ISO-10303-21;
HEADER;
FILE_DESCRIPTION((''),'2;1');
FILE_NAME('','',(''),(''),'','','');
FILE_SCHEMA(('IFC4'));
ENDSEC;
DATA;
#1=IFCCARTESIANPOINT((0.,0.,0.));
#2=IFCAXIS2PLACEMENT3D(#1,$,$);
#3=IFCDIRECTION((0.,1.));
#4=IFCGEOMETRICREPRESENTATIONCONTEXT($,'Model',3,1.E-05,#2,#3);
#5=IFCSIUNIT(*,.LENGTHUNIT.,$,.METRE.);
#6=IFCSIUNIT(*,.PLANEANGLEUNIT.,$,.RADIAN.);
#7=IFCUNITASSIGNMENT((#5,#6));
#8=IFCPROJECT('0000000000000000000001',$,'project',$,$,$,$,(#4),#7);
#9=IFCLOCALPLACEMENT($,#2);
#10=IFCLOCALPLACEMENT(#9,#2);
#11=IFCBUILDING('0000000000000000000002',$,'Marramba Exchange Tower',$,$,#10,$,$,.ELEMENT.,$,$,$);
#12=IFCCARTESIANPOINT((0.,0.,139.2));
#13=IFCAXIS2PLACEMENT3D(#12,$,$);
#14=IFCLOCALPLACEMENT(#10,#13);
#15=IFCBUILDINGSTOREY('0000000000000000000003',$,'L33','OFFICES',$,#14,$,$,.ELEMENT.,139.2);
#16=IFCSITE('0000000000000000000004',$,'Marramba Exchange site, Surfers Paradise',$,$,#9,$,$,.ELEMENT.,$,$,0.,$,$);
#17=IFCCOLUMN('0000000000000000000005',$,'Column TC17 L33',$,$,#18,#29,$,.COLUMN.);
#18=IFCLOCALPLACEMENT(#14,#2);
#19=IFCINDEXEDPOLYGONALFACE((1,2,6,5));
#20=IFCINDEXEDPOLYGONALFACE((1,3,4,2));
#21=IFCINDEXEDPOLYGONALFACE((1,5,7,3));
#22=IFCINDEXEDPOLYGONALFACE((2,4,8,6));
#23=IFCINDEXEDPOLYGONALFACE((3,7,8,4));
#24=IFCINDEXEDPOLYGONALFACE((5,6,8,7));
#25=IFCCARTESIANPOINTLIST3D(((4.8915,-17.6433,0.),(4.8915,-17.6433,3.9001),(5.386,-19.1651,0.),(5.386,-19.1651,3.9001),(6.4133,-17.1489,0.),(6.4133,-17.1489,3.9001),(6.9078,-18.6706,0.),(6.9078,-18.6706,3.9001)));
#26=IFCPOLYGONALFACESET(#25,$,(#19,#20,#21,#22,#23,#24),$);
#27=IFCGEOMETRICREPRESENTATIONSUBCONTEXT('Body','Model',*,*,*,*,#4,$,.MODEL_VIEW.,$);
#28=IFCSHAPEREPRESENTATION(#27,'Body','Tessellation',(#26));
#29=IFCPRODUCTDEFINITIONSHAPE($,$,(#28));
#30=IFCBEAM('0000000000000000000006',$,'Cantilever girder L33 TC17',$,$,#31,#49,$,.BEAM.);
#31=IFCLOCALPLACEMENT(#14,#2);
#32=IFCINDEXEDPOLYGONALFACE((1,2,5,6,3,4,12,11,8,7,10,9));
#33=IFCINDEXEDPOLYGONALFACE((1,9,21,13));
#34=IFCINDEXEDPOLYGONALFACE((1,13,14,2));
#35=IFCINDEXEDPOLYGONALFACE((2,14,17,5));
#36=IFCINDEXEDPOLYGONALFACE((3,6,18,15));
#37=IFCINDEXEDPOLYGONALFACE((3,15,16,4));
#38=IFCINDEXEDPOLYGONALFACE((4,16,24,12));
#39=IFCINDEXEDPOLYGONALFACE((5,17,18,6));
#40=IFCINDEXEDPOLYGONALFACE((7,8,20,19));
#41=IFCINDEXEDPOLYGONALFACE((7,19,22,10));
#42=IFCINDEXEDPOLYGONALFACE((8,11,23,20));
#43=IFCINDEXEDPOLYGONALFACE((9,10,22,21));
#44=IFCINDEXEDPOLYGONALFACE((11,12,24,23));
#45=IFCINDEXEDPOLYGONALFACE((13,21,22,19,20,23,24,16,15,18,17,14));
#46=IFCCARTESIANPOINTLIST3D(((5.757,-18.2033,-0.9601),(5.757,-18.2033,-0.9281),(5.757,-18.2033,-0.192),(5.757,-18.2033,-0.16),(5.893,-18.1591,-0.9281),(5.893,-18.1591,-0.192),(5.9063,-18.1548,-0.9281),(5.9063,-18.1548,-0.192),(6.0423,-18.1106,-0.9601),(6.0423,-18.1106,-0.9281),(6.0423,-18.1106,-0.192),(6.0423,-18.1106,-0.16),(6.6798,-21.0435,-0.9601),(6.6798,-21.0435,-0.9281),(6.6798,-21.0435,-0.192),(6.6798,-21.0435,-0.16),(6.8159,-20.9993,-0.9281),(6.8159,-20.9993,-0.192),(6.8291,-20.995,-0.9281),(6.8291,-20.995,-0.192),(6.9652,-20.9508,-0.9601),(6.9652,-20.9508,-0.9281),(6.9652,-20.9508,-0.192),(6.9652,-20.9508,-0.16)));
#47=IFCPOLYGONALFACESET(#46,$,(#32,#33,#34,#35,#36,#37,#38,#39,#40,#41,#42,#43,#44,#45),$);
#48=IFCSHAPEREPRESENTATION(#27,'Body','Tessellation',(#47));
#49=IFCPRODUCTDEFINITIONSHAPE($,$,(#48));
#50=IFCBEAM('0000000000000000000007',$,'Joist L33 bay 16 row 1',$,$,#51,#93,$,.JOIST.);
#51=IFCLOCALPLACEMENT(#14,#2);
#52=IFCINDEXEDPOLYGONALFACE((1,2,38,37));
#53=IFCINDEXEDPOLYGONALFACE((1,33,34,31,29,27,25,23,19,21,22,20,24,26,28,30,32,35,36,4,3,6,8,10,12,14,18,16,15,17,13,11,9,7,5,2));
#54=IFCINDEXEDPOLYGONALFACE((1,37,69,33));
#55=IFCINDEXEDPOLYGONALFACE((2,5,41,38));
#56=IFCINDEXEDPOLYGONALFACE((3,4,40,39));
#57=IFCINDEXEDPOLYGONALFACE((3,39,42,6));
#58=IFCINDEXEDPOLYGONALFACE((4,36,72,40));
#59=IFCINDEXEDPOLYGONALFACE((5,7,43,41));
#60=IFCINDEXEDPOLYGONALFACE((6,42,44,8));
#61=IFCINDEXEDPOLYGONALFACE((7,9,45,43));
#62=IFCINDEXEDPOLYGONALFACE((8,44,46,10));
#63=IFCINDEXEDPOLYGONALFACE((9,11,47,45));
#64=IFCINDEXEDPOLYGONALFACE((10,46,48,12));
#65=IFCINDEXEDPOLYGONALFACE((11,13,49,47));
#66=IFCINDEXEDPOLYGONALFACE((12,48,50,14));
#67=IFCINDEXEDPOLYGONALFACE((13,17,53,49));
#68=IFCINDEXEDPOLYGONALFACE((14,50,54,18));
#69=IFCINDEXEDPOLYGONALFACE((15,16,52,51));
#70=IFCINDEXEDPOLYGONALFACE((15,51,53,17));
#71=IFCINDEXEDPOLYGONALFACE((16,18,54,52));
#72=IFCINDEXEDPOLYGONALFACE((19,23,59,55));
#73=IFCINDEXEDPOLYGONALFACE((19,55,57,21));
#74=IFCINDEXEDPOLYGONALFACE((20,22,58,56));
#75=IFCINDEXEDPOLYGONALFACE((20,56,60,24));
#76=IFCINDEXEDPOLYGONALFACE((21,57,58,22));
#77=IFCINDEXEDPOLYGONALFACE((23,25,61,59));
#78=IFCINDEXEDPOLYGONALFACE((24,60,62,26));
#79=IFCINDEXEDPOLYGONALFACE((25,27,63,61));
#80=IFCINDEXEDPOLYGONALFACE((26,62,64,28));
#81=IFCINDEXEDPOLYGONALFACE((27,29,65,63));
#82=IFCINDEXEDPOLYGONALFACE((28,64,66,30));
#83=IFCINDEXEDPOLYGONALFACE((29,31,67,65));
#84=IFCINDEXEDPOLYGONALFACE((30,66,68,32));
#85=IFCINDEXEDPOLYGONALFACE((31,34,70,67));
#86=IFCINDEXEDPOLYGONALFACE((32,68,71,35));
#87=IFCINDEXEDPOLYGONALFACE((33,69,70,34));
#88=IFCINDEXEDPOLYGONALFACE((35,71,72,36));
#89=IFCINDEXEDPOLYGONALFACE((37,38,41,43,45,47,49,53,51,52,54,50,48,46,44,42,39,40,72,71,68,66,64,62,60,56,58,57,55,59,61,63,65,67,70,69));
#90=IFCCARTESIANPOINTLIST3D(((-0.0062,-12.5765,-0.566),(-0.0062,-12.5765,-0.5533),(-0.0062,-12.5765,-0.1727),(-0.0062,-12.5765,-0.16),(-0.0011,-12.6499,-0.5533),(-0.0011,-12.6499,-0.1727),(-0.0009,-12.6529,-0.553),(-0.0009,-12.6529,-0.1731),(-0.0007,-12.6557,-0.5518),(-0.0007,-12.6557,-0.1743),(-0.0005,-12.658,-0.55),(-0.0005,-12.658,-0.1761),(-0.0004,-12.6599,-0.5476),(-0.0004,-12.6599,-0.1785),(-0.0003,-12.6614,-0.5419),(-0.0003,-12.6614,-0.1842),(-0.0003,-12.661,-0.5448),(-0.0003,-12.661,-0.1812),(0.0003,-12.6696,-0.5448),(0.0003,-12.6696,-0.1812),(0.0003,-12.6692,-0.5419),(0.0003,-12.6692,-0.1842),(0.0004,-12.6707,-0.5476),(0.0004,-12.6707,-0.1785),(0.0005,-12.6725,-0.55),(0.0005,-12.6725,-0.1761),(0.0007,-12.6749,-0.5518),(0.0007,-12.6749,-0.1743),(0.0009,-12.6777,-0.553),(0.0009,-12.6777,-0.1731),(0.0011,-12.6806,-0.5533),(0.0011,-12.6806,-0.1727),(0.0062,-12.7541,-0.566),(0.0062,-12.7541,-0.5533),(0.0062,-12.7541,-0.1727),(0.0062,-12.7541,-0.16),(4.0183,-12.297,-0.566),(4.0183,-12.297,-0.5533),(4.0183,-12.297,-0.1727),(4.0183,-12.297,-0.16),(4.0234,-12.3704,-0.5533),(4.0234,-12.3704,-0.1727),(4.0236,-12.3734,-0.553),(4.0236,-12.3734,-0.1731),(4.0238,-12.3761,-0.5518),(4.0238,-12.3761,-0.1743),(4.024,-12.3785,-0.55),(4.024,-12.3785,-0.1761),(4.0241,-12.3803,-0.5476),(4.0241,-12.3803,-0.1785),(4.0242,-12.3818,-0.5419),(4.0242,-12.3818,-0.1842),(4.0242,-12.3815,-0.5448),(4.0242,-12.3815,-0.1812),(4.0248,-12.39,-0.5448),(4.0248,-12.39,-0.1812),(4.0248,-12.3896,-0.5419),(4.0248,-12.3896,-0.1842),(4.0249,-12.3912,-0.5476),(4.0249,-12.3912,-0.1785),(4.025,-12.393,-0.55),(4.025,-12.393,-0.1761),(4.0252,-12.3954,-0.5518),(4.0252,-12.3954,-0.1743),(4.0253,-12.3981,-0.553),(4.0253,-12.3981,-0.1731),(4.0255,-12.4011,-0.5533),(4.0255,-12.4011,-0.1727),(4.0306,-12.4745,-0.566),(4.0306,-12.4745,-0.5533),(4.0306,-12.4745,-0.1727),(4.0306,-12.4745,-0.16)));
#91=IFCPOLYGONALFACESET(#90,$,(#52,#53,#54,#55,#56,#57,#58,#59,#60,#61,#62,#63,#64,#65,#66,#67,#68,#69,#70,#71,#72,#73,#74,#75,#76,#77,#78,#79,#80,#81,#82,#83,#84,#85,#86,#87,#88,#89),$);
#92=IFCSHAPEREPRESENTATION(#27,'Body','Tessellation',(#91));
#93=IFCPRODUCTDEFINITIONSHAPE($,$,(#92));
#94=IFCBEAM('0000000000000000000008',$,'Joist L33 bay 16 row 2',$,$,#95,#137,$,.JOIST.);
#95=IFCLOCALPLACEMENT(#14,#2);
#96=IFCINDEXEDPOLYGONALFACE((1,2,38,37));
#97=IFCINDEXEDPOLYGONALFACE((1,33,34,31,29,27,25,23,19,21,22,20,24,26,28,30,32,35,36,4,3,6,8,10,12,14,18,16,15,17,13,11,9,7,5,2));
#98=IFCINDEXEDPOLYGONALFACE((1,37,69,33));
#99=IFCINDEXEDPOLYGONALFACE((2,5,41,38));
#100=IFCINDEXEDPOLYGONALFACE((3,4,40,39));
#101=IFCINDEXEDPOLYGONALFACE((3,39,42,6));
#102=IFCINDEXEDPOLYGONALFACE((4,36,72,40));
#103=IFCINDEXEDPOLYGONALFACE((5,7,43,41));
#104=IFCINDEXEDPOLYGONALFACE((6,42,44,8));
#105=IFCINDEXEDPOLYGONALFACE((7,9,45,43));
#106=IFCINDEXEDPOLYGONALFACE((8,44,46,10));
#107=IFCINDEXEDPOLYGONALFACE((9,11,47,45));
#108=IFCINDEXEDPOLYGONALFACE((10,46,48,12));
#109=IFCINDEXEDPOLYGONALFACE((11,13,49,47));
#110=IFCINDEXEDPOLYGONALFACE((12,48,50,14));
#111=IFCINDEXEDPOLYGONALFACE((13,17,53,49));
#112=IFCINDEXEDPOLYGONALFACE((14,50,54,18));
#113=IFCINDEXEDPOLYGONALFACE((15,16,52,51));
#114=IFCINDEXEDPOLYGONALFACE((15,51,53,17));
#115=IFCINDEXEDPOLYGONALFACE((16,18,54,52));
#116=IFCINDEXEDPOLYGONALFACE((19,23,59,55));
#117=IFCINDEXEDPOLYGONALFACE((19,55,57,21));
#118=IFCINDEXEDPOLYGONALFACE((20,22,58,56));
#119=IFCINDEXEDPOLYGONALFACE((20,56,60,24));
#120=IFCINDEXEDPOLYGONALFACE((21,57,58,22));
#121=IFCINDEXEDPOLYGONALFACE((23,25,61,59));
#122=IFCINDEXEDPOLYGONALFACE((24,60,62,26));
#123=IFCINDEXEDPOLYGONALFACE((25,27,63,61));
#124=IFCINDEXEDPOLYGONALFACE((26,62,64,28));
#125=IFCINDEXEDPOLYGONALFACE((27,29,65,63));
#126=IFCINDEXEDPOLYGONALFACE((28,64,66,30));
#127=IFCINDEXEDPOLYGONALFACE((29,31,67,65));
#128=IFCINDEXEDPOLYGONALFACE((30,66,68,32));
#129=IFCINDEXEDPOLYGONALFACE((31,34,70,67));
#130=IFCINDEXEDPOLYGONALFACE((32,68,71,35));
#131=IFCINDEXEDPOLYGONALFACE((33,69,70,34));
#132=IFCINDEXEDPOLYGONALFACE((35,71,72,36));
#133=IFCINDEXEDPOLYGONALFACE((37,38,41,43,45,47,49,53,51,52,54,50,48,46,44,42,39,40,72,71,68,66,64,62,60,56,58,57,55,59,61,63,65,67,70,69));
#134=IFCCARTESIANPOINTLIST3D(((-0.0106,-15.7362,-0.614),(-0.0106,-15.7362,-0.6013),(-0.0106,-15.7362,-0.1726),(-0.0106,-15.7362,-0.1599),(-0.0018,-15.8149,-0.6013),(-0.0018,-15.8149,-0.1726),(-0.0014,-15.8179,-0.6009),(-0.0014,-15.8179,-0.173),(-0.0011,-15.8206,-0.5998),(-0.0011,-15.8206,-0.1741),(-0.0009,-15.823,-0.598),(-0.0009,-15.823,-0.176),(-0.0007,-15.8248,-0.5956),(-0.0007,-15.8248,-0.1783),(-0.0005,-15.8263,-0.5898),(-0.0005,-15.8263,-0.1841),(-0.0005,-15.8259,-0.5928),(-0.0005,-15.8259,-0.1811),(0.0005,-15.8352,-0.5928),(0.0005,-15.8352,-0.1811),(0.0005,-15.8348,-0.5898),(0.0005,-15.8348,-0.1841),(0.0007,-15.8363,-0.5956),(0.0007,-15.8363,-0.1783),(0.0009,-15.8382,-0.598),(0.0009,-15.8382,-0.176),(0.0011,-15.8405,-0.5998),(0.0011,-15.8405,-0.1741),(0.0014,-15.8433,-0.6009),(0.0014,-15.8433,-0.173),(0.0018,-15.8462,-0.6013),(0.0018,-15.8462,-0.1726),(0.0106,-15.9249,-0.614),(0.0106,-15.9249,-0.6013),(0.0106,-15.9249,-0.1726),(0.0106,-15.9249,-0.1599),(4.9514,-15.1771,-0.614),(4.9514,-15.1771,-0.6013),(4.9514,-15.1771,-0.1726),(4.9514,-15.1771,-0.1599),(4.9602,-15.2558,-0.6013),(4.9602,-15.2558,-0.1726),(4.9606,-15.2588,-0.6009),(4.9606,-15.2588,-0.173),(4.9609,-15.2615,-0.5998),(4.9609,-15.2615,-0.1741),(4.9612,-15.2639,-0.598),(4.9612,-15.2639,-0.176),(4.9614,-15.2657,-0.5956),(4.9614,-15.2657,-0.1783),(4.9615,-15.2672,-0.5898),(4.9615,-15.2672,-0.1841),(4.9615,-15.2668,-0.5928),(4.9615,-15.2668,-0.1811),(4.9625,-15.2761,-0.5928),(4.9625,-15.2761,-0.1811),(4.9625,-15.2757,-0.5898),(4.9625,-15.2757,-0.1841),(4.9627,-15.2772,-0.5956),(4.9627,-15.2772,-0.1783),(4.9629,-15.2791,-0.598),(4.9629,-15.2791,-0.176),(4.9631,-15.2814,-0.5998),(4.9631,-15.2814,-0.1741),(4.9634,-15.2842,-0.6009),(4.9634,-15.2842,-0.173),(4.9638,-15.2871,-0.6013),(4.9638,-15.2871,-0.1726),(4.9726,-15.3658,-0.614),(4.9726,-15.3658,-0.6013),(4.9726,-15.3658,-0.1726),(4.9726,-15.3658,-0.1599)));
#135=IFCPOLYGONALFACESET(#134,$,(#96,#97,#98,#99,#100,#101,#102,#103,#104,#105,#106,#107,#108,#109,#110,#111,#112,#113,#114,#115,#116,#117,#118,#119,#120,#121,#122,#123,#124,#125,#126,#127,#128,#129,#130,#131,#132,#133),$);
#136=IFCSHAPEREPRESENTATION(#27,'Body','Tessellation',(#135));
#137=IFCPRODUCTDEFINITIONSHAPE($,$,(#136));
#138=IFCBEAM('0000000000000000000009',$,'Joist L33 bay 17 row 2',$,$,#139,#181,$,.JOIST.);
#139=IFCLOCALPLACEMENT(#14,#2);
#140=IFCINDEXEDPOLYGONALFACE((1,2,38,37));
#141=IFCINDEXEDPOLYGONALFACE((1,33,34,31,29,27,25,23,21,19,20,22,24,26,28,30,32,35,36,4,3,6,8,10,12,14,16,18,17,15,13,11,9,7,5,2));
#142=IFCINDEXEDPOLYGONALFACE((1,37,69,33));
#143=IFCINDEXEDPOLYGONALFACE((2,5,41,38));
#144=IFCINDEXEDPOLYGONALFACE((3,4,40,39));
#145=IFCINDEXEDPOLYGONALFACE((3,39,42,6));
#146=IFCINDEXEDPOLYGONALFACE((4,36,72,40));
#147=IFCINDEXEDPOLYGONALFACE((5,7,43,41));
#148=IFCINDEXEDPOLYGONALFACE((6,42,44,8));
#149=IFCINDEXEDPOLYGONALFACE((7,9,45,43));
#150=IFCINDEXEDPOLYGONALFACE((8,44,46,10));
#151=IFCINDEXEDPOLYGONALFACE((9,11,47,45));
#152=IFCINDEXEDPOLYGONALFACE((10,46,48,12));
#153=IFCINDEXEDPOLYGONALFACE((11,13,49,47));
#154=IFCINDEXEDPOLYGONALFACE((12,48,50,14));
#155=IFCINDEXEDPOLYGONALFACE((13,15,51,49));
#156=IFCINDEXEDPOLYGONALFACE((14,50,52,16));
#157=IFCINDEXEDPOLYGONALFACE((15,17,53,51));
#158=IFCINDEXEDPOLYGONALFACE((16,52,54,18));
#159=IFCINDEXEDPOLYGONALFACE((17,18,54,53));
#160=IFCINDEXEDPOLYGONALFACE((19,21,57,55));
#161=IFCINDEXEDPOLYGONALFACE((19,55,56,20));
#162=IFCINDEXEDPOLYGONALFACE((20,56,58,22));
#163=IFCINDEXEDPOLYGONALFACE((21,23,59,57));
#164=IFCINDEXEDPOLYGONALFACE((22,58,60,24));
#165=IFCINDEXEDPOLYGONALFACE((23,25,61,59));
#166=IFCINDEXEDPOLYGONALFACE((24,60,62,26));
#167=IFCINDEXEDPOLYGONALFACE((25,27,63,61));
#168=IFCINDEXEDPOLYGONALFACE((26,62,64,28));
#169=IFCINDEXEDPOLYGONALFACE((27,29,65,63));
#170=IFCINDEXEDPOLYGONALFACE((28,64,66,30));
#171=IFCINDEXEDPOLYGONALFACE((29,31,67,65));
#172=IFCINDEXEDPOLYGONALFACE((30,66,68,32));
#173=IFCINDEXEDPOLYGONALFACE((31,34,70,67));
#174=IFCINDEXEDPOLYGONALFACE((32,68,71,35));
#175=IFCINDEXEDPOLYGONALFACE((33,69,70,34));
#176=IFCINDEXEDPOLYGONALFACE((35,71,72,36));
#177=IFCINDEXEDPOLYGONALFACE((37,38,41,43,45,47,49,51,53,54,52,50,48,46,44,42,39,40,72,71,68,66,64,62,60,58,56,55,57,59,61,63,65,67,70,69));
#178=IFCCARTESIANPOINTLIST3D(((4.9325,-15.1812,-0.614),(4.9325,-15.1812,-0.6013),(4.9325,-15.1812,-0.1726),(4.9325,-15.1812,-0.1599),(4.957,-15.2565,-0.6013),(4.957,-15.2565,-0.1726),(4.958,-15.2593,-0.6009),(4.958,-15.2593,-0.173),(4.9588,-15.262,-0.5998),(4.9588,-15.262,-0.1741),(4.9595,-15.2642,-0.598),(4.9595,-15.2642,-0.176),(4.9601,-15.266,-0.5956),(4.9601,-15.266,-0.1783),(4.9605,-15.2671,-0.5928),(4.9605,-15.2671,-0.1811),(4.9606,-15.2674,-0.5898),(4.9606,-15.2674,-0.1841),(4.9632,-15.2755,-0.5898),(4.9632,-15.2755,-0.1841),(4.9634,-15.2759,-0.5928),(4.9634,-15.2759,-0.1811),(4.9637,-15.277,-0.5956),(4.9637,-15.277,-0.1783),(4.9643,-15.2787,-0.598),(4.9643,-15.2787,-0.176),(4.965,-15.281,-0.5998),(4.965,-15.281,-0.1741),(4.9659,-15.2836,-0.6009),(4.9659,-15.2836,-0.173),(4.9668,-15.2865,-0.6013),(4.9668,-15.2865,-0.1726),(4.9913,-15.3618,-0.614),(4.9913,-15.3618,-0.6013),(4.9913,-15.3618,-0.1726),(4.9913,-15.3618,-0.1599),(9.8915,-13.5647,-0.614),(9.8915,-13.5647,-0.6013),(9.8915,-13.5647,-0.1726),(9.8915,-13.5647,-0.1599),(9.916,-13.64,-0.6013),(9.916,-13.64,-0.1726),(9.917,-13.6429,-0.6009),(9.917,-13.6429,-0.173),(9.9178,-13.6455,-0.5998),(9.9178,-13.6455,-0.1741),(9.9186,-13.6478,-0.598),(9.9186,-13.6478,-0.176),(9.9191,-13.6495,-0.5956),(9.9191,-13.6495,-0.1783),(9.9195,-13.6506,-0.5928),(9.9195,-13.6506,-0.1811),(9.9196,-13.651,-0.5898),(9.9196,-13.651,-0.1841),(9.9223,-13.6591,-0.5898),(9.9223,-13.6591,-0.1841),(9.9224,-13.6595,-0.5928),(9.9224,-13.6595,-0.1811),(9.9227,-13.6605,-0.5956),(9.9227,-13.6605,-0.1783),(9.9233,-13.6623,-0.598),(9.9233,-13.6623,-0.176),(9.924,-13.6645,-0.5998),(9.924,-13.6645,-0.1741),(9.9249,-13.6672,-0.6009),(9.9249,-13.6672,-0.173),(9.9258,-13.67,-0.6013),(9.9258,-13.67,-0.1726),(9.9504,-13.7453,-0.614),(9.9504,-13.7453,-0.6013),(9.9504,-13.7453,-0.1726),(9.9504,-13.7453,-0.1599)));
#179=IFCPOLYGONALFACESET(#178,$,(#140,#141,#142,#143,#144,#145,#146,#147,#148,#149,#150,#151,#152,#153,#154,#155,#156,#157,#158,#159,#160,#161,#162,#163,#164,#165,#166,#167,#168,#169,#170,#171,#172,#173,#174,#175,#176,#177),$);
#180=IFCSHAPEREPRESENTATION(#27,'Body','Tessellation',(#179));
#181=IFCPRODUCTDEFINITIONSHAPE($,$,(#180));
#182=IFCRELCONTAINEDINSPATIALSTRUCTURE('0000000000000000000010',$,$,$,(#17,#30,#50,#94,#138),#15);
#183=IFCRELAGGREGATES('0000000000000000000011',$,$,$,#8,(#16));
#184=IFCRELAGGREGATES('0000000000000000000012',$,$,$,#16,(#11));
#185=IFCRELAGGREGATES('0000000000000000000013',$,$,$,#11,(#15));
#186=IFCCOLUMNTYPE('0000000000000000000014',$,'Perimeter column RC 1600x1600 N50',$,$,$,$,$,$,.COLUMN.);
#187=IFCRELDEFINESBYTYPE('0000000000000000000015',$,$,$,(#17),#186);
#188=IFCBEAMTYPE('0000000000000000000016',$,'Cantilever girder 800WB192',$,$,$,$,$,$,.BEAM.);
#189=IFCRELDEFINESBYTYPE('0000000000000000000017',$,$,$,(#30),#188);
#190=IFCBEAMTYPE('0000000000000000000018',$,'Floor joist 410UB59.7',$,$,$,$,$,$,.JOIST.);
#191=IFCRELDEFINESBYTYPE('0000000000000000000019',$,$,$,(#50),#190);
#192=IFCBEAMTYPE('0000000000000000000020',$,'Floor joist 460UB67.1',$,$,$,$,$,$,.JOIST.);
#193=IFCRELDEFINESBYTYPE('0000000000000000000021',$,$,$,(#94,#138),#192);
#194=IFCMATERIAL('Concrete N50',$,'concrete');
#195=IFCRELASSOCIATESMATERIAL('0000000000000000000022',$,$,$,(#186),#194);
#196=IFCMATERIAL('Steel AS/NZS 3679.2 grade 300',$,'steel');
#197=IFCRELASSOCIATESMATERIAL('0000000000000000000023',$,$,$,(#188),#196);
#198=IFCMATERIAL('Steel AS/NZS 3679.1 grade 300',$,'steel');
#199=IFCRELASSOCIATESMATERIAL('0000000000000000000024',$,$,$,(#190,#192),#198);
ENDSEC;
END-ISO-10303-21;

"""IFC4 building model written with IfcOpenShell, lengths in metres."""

from ifc_helpers import new_model, si_unit, direction, frame, origin, origin_2d, place, context, subcontext, project, spatial, rectangle, i_section, extrude, material, material_profile, profile_set, type_object, element, save


model = new_model("IFC4")

# Units and contexts
model_context = context("Model", 3, precision=1e-05, world=origin(), true_north=direction((0.0, 1.0)))
body_context = subcontext(model_context, "Body", "Model", "MODEL_VIEW")
ifc_project = project(units=[si_unit("LENGTHUNIT", "METRE"), si_unit("PLANEANGLEUNIT", "RADIAN")], contexts=[model_context])

# Site, building, storey
site_placement = place(None, origin())
site = spatial("IfcSite", under=ifc_project, at=site_placement, Name="Marramba Exchange site, Surfers Paradise", CompositionType="ELEMENT", RefElevation=0.0)
building_placement = place(site_placement, origin())
building = spatial("IfcBuilding", under=site, at=building_placement, Name="Marramba Exchange Tower", CompositionType="ELEMENT")
storey_placement = place(building_placement, frame((0.0, 0.0, 139.2)))
storey = spatial("IfcBuildingStorey", under=building, at=storey_placement, Name="L33", Description="OFFICES", CompositionType="ELEMENT", Elevation=139.2)

# Column
ifc_material_1 = material(Name="Concrete N50", Category="concrete")
ifc_material_profile_1 = material_profile(ifc_material_1, rectangle(XDim=1.6001, YDim=1.6001, at=origin_2d()), Name="RC 1600x1600")
ifc_profile_set_1 = profile_set([ifc_material_profile_1], Name="Concrete N50")
column_type = type_object("IfcColumnType", Name="Perimeter column RC 1600x1600 N50", PredefinedType="COLUMN", material=ifc_profile_set_1)
column_placement = place(storey_placement, frame((5.8997, -18.157, 0.0), z_axis=(0.0, 0.0, 1.0), x_axis=(0.309017, -0.951057, 0.0)))
element("IfcColumn", 1, at=column_placement, inside=storey, type_object=column_type, Name="Column TC17 L33", PredefinedType="COLUMN", context=body_context, shape_type="SweptSolid", body=[
    extrude(rectangle(XDim=1.6001, YDim=1.6001, at=origin_2d()), origin(), (0.0, 0.0, 1.0), 3.9001),
])

# Beams
ifc_material_2 = material(Name="Steel AS/NZS 3679.2 grade 300", Category="steel")
ifc_material_profile_2 = material_profile(ifc_material_2, i_section(OverallWidth=0.3, OverallDepth=0.8, WebThickness=0.0139, FlangeThickness=0.032, at=origin_2d()), Name="800WB192")
ifc_profile_set_2 = profile_set([ifc_material_profile_2], Name="Steel AS/NZS 3679.2 grade 300")
beam_type_1 = type_object("IfcBeamType", Name="Cantilever girder 800WB192", PredefinedType="BEAM", material=ifc_profile_set_2)
beam_1_placement = place(storey_placement, frame((5.8997, -18.157, -0.5601), z_axis=(0.309032, -0.951051, 0.0), x_axis=(0.951051, 0.309032, 0.0)))
element("IfcBeam", 2, at=beam_1_placement, inside=storey, type_object=beam_type_1, Name="Cantilever girder L33 TC17", PredefinedType="BEAM", context=body_context, shape_type="SweptSolid", body=[
    extrude(i_section(OverallWidth=0.3, OverallDepth=0.8, WebThickness=0.0139, FlangeThickness=0.032, at=origin_2d()), origin(), (0.0, 0.0, 1.0), 2.9863),
])
ifc_material_3 = material(Name="Steel AS/NZS 3679.1 grade 300", Category="steel")
ifc_material_profile_3 = material_profile(ifc_material_3, i_section(OverallWidth=0.178, OverallDepth=0.406, WebThickness=0.0078, FlangeThickness=0.0127, FilletRadius=0.0115, at=origin_2d()), Name="410UB59.7")
ifc_profile_set_3 = profile_set([ifc_material_profile_3], Name="Steel AS/NZS 3679.1 grade 300")
beam_type_2 = type_object("IfcBeamType", Name="Floor joist 410UB59.7", PredefinedType="JOIST", material=ifc_profile_set_3)
beam_2_placement = place(storey_placement, frame((0.0, -12.6653, -0.363), z_axis=(0.997596, 0.069294, 0.0), x_axis=(-0.069294, 0.997596, 0.0)))
element("IfcBeam", 3, at=beam_2_placement, inside=storey, type_object=beam_type_2, Name="Joist L33 bay 16 row 1", PredefinedType="JOIST", context=body_context, shape_type="SweptSolid", body=[
    extrude(i_section(OverallWidth=0.178, OverallDepth=0.406, WebThickness=0.0078, FlangeThickness=0.0127, FilletRadius=0.0115, at=origin_2d()), origin(), (0.0, 0.0, 1.0), 4.0342),
])
ifc_material_profile_4 = material_profile(ifc_material_3, i_section(OverallWidth=0.1899, OverallDepth=0.4541, WebThickness=0.0085, FlangeThickness=0.0127, FilletRadius=0.0115, at=origin_2d()), Name="460UB67.1")
ifc_profile_set_4 = profile_set([ifc_material_profile_4], Name="Steel AS/NZS 3679.1 grade 300")
beam_type_3 = type_object("IfcBeamType", Name="Floor joist 460UB67.1", PredefinedType="JOIST", material=ifc_profile_set_4)
beam_3_placement = place(storey_placement, frame((0.0, -15.8306, -0.387), z_axis=(0.993712, 0.111966, 0.0), x_axis=(-0.111966, 0.993712, 0.0)))
element("IfcBeam", 4, at=beam_3_placement, inside=storey, type_object=beam_type_3, Name="Joist L33 bay 16 row 2", PredefinedType="JOIST", context=body_context, shape_type="SweptSolid", body=[
    extrude(i_section(OverallWidth=0.1899, OverallDepth=0.4541, WebThickness=0.0085, FlangeThickness=0.0127, FilletRadius=0.0115, at=origin_2d()), origin(), (0.0, 0.0, 1.0), 4.9934),
])
beam_4_placement = place(storey_placement, frame((4.9619, -15.2715, -0.387), z_axis=(0.950764, 0.309916, 0.0), x_axis=(-0.309916, 0.950764, 0.0)))
element("IfcBeam", 5, at=beam_4_placement, inside=storey, type_object=beam_type_3, Name="Joist L33 bay 17 row 2", PredefinedType="JOIST", context=body_context, shape_type="SweptSolid", body=[
    extrude(i_section(OverallWidth=0.1899, OverallDepth=0.4541, WebThickness=0.0085, FlangeThickness=0.0127, FilletRadius=0.0115, at=origin_2d()), origin(), (0.0, 0.0, 1.0), 5.2158),
])

save(model, "model.ifc")
